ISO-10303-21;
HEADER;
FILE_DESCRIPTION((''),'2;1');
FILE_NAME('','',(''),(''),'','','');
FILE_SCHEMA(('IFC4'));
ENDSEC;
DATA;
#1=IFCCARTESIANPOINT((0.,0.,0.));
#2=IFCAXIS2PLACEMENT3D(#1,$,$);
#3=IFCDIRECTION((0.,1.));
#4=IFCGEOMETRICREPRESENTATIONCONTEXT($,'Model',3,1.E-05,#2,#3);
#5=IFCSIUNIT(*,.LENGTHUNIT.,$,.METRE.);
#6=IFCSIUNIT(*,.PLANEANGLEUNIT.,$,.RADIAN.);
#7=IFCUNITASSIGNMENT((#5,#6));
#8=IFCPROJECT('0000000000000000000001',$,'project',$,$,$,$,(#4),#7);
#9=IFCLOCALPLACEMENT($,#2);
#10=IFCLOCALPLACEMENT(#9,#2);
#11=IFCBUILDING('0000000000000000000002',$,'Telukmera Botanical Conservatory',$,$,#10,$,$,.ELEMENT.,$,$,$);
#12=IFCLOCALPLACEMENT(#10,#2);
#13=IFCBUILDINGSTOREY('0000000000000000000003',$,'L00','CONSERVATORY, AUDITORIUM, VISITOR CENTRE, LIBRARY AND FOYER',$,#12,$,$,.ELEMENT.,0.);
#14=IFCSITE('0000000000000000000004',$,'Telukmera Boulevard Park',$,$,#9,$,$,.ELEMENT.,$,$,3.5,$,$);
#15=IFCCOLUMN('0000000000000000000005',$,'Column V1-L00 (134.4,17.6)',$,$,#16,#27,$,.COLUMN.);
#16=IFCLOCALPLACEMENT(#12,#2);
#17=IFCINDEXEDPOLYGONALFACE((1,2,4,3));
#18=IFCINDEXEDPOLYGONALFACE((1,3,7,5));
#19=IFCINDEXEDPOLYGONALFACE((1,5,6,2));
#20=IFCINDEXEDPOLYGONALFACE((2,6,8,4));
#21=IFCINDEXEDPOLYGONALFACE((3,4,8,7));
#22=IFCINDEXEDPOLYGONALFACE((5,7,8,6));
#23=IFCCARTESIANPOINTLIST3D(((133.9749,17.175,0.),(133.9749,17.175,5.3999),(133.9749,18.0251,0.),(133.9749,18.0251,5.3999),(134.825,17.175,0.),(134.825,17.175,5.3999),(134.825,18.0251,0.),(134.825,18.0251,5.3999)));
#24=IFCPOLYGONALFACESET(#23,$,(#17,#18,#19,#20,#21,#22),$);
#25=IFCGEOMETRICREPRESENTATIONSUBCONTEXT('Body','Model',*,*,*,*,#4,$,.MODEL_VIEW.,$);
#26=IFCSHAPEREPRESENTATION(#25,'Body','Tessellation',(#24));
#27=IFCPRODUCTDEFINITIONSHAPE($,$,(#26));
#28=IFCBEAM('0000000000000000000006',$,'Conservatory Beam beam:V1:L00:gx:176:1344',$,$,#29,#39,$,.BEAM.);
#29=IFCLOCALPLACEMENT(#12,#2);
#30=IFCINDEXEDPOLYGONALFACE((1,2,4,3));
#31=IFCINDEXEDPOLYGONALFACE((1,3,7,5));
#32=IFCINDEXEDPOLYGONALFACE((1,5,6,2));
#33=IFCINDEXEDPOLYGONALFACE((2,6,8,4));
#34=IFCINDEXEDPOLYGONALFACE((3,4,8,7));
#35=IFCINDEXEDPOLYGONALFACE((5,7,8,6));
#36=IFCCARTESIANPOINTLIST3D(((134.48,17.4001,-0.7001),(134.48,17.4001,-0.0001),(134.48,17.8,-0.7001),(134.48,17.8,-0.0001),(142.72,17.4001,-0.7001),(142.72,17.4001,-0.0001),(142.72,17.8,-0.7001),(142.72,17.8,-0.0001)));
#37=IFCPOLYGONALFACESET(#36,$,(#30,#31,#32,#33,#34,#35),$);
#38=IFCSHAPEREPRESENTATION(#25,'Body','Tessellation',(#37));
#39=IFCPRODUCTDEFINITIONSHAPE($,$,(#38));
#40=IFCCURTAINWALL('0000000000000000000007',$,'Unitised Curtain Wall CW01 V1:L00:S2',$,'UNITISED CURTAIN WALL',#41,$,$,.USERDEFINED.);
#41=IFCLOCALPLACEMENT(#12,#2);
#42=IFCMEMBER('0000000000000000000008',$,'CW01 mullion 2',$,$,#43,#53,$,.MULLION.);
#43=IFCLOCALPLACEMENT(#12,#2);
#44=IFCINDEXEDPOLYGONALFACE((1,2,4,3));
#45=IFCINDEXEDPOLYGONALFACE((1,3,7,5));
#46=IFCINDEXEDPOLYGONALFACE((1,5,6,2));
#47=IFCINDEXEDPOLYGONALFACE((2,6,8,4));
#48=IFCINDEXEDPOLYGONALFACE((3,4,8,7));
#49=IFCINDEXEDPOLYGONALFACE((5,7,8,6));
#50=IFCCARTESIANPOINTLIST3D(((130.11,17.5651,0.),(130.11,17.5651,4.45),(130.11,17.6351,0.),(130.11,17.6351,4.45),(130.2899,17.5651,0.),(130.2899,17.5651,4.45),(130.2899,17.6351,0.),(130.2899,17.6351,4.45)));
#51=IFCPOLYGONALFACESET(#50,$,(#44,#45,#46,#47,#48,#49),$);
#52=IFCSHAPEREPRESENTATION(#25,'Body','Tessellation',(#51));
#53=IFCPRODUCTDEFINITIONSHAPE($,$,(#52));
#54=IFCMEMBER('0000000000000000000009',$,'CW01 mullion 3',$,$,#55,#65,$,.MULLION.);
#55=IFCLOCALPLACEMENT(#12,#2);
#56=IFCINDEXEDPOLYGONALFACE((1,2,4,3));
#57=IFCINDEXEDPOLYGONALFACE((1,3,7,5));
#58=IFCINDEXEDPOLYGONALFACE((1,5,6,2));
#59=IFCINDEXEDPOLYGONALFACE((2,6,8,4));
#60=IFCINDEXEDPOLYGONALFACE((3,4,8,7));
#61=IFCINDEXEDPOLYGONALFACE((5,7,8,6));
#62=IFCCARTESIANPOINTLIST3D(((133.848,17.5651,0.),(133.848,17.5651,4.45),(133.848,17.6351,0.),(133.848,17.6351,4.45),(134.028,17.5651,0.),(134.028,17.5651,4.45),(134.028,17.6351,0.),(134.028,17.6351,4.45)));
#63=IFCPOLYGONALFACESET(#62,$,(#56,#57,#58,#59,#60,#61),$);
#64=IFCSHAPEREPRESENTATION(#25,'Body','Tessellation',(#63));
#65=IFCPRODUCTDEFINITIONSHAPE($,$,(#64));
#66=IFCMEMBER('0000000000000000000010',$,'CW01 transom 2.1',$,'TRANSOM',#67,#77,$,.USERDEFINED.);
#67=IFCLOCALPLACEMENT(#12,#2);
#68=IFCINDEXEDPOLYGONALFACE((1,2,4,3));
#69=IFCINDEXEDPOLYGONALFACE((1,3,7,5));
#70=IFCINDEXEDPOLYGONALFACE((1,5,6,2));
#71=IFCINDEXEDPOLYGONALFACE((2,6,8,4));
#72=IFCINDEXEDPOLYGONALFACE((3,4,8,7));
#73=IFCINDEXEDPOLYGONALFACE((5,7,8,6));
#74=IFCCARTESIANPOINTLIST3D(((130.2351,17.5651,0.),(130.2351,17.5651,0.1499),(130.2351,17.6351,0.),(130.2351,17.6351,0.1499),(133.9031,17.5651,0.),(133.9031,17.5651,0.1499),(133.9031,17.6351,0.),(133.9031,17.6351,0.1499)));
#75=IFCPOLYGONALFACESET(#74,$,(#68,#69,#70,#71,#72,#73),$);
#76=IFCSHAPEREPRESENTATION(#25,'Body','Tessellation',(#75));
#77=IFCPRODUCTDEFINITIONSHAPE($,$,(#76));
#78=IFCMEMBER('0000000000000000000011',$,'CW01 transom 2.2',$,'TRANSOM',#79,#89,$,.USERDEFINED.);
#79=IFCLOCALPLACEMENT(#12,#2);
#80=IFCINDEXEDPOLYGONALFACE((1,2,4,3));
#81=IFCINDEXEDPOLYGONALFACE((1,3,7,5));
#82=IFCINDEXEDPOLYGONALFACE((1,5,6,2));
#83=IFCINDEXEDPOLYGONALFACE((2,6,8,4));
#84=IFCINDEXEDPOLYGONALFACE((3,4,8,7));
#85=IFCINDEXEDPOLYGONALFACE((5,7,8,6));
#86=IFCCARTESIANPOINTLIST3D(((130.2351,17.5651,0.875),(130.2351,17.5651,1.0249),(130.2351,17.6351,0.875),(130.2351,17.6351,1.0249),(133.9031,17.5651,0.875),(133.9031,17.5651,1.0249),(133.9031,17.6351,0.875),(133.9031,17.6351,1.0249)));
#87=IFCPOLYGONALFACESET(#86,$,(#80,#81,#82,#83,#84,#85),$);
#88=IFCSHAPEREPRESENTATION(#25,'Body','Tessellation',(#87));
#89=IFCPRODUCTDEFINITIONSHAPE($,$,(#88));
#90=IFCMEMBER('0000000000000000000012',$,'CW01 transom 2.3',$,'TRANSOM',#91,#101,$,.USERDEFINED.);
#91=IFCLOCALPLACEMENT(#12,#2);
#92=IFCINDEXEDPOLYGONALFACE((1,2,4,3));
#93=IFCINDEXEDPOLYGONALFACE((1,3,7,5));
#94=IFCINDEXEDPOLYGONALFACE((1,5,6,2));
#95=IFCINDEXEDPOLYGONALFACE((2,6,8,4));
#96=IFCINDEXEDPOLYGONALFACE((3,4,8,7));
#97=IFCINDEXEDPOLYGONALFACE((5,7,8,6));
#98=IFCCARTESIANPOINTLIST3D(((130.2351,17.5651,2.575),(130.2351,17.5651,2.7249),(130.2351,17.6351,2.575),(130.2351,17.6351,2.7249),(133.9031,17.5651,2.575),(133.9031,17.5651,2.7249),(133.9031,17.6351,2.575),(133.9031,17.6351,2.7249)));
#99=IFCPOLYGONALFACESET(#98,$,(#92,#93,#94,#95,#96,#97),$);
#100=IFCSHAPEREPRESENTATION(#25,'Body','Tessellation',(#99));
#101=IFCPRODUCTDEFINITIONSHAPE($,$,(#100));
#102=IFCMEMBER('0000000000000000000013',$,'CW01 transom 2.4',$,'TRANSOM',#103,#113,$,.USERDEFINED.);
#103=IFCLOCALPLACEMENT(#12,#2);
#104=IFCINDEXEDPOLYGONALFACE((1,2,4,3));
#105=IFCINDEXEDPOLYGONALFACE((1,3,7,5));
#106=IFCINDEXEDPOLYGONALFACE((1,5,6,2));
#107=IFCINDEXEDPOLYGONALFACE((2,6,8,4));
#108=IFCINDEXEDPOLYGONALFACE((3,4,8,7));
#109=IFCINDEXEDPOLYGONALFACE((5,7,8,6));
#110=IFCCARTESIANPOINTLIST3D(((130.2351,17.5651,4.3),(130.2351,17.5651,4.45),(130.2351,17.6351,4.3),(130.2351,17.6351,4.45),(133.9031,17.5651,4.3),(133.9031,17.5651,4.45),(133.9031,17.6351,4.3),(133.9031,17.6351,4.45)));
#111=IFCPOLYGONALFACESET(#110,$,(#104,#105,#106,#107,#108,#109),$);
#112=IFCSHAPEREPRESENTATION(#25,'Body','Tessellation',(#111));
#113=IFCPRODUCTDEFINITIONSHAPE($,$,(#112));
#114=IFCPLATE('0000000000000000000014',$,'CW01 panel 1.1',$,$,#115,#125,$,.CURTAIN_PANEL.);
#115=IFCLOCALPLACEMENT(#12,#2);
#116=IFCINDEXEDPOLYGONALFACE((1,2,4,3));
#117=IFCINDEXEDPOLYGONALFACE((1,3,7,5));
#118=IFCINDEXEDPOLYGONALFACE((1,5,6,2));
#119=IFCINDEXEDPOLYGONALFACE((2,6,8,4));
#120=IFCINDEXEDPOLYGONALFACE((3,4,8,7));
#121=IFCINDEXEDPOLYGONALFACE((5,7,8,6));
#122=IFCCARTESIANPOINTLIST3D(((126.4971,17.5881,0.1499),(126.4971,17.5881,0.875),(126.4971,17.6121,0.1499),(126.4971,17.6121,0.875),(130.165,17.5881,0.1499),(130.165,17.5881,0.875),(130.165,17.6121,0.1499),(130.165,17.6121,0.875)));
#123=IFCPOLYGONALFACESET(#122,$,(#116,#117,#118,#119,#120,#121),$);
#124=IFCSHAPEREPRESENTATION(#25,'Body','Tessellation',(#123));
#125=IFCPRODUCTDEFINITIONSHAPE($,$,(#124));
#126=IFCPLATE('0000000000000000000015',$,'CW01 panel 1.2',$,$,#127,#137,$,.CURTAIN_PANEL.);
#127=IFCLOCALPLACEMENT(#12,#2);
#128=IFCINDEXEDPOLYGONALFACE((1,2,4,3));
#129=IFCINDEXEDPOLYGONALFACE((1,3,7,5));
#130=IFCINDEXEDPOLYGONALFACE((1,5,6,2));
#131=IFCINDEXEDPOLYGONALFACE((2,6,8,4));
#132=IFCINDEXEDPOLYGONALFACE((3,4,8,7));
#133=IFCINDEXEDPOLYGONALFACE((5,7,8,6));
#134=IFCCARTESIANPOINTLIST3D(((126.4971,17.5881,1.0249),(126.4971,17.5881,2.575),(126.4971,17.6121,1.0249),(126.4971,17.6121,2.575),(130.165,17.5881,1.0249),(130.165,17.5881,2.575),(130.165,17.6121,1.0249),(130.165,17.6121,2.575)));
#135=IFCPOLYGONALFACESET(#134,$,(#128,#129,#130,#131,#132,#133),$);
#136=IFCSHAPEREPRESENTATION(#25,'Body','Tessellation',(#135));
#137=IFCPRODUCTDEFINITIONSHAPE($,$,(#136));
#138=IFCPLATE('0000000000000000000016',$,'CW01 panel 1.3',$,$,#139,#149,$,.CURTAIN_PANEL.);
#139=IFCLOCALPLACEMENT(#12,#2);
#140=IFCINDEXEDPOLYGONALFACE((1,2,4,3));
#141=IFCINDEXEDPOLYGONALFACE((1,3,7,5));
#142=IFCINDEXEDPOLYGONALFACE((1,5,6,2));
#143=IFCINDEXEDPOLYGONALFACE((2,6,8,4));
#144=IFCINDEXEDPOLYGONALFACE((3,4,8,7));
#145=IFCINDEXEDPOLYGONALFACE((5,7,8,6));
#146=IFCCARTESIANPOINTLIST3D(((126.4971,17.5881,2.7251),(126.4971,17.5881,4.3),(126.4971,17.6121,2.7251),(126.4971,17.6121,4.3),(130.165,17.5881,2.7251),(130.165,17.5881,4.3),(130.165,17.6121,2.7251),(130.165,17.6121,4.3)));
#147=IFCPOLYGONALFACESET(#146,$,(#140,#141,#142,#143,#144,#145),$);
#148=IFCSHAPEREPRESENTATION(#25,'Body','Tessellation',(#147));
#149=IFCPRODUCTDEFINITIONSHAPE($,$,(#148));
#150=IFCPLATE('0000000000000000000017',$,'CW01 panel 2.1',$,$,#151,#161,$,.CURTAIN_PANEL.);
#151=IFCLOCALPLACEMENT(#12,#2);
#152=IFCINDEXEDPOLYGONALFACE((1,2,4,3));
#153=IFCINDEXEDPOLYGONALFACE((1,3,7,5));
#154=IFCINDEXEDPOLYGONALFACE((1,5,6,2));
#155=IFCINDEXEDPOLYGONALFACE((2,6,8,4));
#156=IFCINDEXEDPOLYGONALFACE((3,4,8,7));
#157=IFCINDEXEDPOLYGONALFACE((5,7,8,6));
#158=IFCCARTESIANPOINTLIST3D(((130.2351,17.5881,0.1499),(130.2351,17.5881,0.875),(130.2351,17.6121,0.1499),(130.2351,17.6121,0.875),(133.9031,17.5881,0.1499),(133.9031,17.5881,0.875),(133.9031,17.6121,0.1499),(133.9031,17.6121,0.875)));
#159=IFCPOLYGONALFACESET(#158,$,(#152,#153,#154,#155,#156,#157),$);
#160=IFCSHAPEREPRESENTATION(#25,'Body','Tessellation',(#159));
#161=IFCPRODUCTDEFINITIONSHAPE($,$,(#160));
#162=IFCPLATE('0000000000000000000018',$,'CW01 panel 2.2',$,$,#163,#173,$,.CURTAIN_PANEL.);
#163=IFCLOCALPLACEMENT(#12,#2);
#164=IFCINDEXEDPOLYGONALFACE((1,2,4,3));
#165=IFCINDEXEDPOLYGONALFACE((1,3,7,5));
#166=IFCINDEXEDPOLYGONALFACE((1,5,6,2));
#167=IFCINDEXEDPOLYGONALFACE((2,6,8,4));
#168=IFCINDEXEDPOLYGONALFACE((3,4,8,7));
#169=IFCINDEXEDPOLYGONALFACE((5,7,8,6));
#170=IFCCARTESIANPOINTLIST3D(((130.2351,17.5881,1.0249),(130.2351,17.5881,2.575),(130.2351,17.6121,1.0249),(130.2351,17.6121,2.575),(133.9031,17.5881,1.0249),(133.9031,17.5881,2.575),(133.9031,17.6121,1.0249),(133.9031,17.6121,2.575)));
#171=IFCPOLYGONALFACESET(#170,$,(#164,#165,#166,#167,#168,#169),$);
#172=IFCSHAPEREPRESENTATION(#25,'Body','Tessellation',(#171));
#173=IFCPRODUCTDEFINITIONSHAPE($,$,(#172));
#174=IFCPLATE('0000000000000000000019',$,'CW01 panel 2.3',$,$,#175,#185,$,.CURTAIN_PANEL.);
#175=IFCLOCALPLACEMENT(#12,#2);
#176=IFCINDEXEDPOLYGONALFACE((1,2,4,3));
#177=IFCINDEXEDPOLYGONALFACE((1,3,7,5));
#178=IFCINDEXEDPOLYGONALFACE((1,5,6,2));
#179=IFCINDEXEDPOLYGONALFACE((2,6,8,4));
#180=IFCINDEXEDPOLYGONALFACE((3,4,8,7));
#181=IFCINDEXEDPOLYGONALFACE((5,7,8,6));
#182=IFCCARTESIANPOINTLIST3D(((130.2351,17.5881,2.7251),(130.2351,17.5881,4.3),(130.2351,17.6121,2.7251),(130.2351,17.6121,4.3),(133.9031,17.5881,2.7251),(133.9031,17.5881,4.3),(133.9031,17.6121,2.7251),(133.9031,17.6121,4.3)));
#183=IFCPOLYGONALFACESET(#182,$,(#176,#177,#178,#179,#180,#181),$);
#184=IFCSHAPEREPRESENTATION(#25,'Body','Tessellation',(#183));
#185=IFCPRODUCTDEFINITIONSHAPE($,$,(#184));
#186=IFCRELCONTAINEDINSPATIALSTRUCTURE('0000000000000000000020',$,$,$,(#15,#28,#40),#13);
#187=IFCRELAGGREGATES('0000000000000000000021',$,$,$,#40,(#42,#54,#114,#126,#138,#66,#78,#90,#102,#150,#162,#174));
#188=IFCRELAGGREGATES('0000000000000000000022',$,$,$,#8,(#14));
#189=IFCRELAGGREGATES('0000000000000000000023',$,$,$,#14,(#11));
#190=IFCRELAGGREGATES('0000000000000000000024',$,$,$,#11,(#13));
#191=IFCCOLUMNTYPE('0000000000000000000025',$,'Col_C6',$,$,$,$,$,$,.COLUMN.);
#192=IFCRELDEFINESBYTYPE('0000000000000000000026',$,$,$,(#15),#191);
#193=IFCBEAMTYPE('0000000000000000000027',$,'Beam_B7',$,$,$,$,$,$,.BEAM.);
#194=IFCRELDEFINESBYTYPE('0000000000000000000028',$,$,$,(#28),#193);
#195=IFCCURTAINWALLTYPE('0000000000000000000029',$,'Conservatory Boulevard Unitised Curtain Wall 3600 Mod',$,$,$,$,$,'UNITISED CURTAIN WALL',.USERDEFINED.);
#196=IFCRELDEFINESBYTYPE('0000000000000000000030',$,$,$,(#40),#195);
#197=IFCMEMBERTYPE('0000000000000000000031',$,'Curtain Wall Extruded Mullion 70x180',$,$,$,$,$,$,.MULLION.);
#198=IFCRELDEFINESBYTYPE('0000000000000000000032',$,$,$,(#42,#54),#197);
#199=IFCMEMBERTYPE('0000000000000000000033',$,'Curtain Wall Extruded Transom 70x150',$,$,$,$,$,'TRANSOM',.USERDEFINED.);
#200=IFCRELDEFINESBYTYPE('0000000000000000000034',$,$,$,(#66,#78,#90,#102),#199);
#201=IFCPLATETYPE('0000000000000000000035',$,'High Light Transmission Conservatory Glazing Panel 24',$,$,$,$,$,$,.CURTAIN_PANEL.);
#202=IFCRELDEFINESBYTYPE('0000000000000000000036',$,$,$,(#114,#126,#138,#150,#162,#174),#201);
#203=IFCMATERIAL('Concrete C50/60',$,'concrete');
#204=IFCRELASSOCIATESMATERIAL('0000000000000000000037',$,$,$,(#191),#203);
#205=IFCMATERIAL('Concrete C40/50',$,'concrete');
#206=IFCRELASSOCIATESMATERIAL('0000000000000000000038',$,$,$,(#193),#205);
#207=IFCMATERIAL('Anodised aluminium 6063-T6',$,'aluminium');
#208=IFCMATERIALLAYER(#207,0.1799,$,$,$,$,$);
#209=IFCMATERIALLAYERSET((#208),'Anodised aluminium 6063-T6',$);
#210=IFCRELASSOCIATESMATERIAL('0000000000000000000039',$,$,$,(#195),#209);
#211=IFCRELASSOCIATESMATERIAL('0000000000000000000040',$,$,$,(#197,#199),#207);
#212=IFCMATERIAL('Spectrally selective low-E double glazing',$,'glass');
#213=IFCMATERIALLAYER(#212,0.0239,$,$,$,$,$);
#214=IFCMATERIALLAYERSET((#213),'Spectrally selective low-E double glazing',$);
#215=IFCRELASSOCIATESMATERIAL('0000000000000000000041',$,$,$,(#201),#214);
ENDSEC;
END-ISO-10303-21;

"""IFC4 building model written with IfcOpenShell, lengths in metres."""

from ifc_helpers import new_model, si_unit, direction, frame, origin, origin_2d, place, context, subcontext, project, spatial, rectangle, extrude, material, layer, layer_set, material_profile, profile_set, type_object, element, aggregate, save


model = new_model("IFC4")

# Units and contexts
model_context = context("Model", 3, precision=1e-05, world=origin(), true_north=direction((0.0, 1.0)))
body_context = subcontext(model_context, "Body", "Model", "MODEL_VIEW")
ifc_project = project(units=[si_unit("LENGTHUNIT", "METRE"), si_unit("PLANEANGLEUNIT", "RADIAN")], contexts=[model_context])

# Site, building, storey
site_placement = place(None, origin())
site = spatial("IfcSite", under=ifc_project, at=site_placement, Name="Telukmera Boulevard Park", CompositionType="ELEMENT", RefElevation=3.5)
building_placement = place(site_placement, origin())
building = spatial("IfcBuilding", under=site, at=building_placement, Name="Telukmera Botanical Conservatory", CompositionType="ELEMENT")
storey_placement = place(building_placement, origin())
storey = spatial("IfcBuildingStorey", under=building, at=storey_placement, Name="L00", Description="CONSERVATORY, AUDITORIUM, VISITOR CENTRE, LIBRARY AND FOYER", CompositionType="ELEMENT", Elevation=0.0)

# Column
ifc_material_1 = material(Name="Concrete C50/60", Category="concrete")
ifc_material_profile_1 = material_profile(ifc_material_1, rectangle(XDim=0.8501, YDim=0.8501, at=origin_2d()), Name="RC 850x850")
ifc_profile_set_1 = profile_set([ifc_material_profile_1], Name="Concrete C50/60")
column_type = type_object("IfcColumnType", Name="Col_C6", PredefinedType="COLUMN", material=ifc_profile_set_1)
column_placement = place(storey_placement, frame((134.3999, 17.6001, 0.0), z_axis=(0.0, 0.0, 1.0), x_axis=(1.0, 0.0, 0.0)))
element("IfcColumn", 1, at=column_placement, inside=storey, type_object=column_type, Name="Column V1-L00 (134.4,17.6)", PredefinedType="COLUMN", context=body_context, shape_type="SweptSolid", body=[
    extrude(rectangle(XDim=0.8501, YDim=0.8501, at=origin_2d()), origin(), (0.0, 0.0, 1.0), 5.3999),
])

# Beam
ifc_material_2 = material(Name="Concrete C40/50", Category="concrete")
ifc_material_profile_2 = material_profile(ifc_material_2, rectangle(XDim=0.3999, YDim=0.7, at=origin_2d()), Name="RC 400x700")
ifc_profile_set_2 = profile_set([ifc_material_profile_2], Name="Concrete C40/50")
beam_type = type_object("IfcBeamType", Name="Beam_B7", PredefinedType="BEAM", material=ifc_profile_set_2)
beam_placement = place(storey_placement, frame((134.48, 17.6001, -0.3501), z_axis=(1.0, 0.0, 0.0), x_axis=(0.0, 1.0, 0.0)))
element("IfcBeam", 2, at=beam_placement, inside=storey, type_object=beam_type, Name="Conservatory Beam beam:V1:L00:gx:176:1344", PredefinedType="BEAM", context=body_context, shape_type="SweptSolid", body=[
    extrude(rectangle(XDim=0.3999, YDim=0.7, at=origin_2d()), origin(), (0.0, 0.0, 1.0), 8.24),
])

# Curtain wall, members, plates
ifc_material_3 = material(Name="Anodised aluminium 6063-T6", Category="aluminium")
ifc_layer_1 = layer(ifc_material_3, 0.1799)
ifc_layer_set_1 = layer_set([ifc_layer_1], Name="Anodised aluminium 6063-T6")
curtain_wall_type = type_object("IfcCurtainWallType", Name="Conservatory Boulevard Unitised Curtain Wall 3600 Mod", ElementType="UNITISED CURTAIN WALL", PredefinedType="USERDEFINED", material=ifc_layer_set_1)
curtain_wall_placement = place(storey_placement, origin())
curtain_wall = element("IfcCurtainWall", 3, at=curtain_wall_placement, inside=storey, type_object=curtain_wall_type, Name="Unitised Curtain Wall CW01 V1:L00:S2", ObjectType="UNITISED CURTAIN WALL", PredefinedType="USERDEFINED")
ifc_material_profile_3 = material_profile(ifc_material_3, rectangle(XDim=0.0701, YDim=0.1799, at=origin_2d()), Name="ALU MULL 70x180")
ifc_profile_set_3 = profile_set([ifc_material_profile_3], Name="Anodised aluminium 6063-T6")
member_type_1 = type_object("IfcMemberType", Name="Curtain Wall Extruded Mullion 70x180", PredefinedType="MULLION", material=ifc_profile_set_3)
member_1_placement = place(storey_placement, frame((130.2, 17.6001, 0.0), z_axis=(0.0, 0.0, 1.0), x_axis=(0.0, 1.0, 0.0)))
member_1 = element("IfcMember", 4, at=member_1_placement, type_object=member_type_1, Name="CW01 mullion 2", PredefinedType="MULLION", context=body_context, shape_type="SweptSolid", body=[
    extrude(rectangle(XDim=0.0701, YDim=0.1799, at=origin_2d()), origin(), (0.0, 0.0, 1.0), 4.45),
])
member_2_placement = place(storey_placement, frame((133.938, 17.6001, 0.0), z_axis=(0.0, 0.0, 1.0), x_axis=(0.0, 1.0, 0.0)))
member_2 = element("IfcMember", 5, at=member_2_placement, type_object=member_type_1, Name="CW01 mullion 3", PredefinedType="MULLION", context=body_context, shape_type="SweptSolid", body=[
    extrude(rectangle(XDim=0.0701, YDim=0.1799, at=origin_2d()), origin(), (0.0, 0.0, 1.0), 4.45),
])
ifc_material_profile_4 = material_profile(ifc_material_3, rectangle(XDim=0.0701, YDim=0.1499, at=origin_2d()), Name="ALU TRAN 70x150")
ifc_profile_set_4 = profile_set([ifc_material_profile_4], Name="Anodised aluminium 6063-T6")
member_type_2 = type_object("IfcMemberType", Name="Curtain Wall Extruded Transom 70x150", ElementType="TRANSOM", PredefinedType="USERDEFINED", material=ifc_profile_set_4)
member_3_placement = place(storey_placement, frame((130.2351, 17.6001, 0.075), z_axis=(1.0, 0.0, 0.0), x_axis=(0.0, 1.0, 0.0)))
member_3 = element("IfcMember", 6, at=member_3_placement, type_object=member_type_2, Name="CW01 transom 2.1", ObjectType="TRANSOM", PredefinedType="USERDEFINED", context=body_context, shape_type="SweptSolid", body=[
    extrude(rectangle(XDim=0.0701, YDim=0.1499, at=origin_2d()), origin(), (0.0, 0.0, 1.0), 3.668),
])
member_4_placement = place(storey_placement, frame((130.2351, 17.6001, 0.95), z_axis=(1.0, 0.0, 0.0), x_axis=(0.0, 1.0, 0.0)))
member_4 = element("IfcMember", 7, at=member_4_placement, type_object=member_type_2, Name="CW01 transom 2.2", ObjectType="TRANSOM", PredefinedType="USERDEFINED", context=body_context, shape_type="SweptSolid", body=[
    extrude(rectangle(XDim=0.0701, YDim=0.1499, at=origin_2d()), origin(), (0.0, 0.0, 1.0), 3.668),
])
member_5_placement = place(storey_placement, frame((130.2351, 17.6001, 2.6499), z_axis=(1.0, 0.0, 0.0), x_axis=(0.0, 1.0, 0.0)))
member_5 = element("IfcMember", 8, at=member_5_placement, type_object=member_type_2, Name="CW01 transom 2.3", ObjectType="TRANSOM", PredefinedType="USERDEFINED", context=body_context, shape_type="SweptSolid", body=[
    extrude(rectangle(XDim=0.0701, YDim=0.1499, at=origin_2d()), origin(), (0.0, 0.0, 1.0), 3.668),
])
member_6_placement = place(storey_placement, frame((130.2351, 17.6001, 4.375), z_axis=(1.0, 0.0, 0.0), x_axis=(0.0, 1.0, 0.0)))
member_6 = element("IfcMember", 9, at=member_6_placement, type_object=member_type_2, Name="CW01 transom 2.4", ObjectType="TRANSOM", PredefinedType="USERDEFINED", context=body_context, shape_type="SweptSolid", body=[
    extrude(rectangle(XDim=0.0701, YDim=0.1499, at=origin_2d()), origin(), (0.0, 0.0, 1.0), 3.668),
])
ifc_material_4 = material(Name="Spectrally selective low-E double glazing", Category="glass")
ifc_layer_2 = layer(ifc_material_4, 0.0239)
ifc_layer_set_2 = layer_set([ifc_layer_2], Name="Spectrally selective low-E double glazing")
plate_type = type_object("IfcPlateType", Name="High Light Transmission Conservatory Glazing Panel 24", PredefinedType="CURTAIN_PANEL", material=ifc_layer_set_2)
plate_1_placement = place(storey_placement, frame((128.3311, 17.6001, 0.1499), z_axis=(0.0, 0.0, 1.0), x_axis=(1.0, 0.0, 0.0)))
plate_1 = element("IfcPlate", 10, at=plate_1_placement, type_object=plate_type, Name="CW01 panel 1.1", PredefinedType="CURTAIN_PANEL", context=body_context, shape_type="SweptSolid", body=[
    extrude(rectangle(XDim=3.668, YDim=0.0239, at=origin_2d()), origin(), (0.0, 0.0, 1.0), 0.7251),
])
plate_2_placement = place(storey_placement, frame((128.3311, 17.6001, 1.0249), z_axis=(0.0, 0.0, 1.0), x_axis=(1.0, 0.0, 0.0)))
plate_2 = element("IfcPlate", 11, at=plate_2_placement, type_object=plate_type, Name="CW01 panel 1.2", PredefinedType="CURTAIN_PANEL", context=body_context, shape_type="SweptSolid", body=[
    extrude(rectangle(XDim=3.668, YDim=0.0239, at=origin_2d()), origin(), (0.0, 0.0, 1.0), 1.55),
])
plate_3_placement = place(storey_placement, frame((128.3311, 17.6001, 2.7251), z_axis=(0.0, 0.0, 1.0), x_axis=(1.0, 0.0, 0.0)))
plate_3 = element("IfcPlate", 12, at=plate_3_placement, type_object=plate_type, Name="CW01 panel 1.3", PredefinedType="CURTAIN_PANEL", context=body_context, shape_type="SweptSolid", body=[
    extrude(rectangle(XDim=3.668, YDim=0.0239, at=origin_2d()), origin(), (0.0, 0.0, 1.0), 1.575),
])
plate_4_placement = place(storey_placement, frame((132.0691, 17.6001, 0.1499), z_axis=(0.0, 0.0, 1.0), x_axis=(1.0, 0.0, 0.0)))
plate_4 = element("IfcPlate", 13, at=plate_4_placement, type_object=plate_type, Name="CW01 panel 2.1", PredefinedType="CURTAIN_PANEL", context=body_context, shape_type="SweptSolid", body=[
    extrude(rectangle(XDim=3.668, YDim=0.0239, at=origin_2d()), origin(), (0.0, 0.0, 1.0), 0.7251),
])
plate_5_placement = place(storey_placement, frame((132.0691, 17.6001, 1.0249), z_axis=(0.0, 0.0, 1.0), x_axis=(1.0, 0.0, 0.0)))
plate_5 = element("IfcPlate", 14, at=plate_5_placement, type_object=plate_type, Name="CW01 panel 2.2", PredefinedType="CURTAIN_PANEL", context=body_context, shape_type="SweptSolid", body=[
    extrude(rectangle(XDim=3.668, YDim=0.0239, at=origin_2d()), origin(), (0.0, 0.0, 1.0), 1.55),
])
plate_6_placement = place(storey_placement, frame((132.0691, 17.6001, 2.7251), z_axis=(0.0, 0.0, 1.0), x_axis=(1.0, 0.0, 0.0)))
plate_6 = element("IfcPlate", 15, at=plate_6_placement, type_object=plate_type, Name="CW01 panel 2.3", PredefinedType="CURTAIN_PANEL", context=body_context, shape_type="SweptSolid", body=[
    extrude(rectangle(XDim=3.668, YDim=0.0239, at=origin_2d()), origin(), (0.0, 0.0, 1.0), 1.575),
])
aggregate(curtain_wall, [member_1, member_2, plate_1, plate_2, plate_3, member_3, member_4, member_5, member_6, plate_4, plate_5, plate_6])

save(model, "model.ifc")
